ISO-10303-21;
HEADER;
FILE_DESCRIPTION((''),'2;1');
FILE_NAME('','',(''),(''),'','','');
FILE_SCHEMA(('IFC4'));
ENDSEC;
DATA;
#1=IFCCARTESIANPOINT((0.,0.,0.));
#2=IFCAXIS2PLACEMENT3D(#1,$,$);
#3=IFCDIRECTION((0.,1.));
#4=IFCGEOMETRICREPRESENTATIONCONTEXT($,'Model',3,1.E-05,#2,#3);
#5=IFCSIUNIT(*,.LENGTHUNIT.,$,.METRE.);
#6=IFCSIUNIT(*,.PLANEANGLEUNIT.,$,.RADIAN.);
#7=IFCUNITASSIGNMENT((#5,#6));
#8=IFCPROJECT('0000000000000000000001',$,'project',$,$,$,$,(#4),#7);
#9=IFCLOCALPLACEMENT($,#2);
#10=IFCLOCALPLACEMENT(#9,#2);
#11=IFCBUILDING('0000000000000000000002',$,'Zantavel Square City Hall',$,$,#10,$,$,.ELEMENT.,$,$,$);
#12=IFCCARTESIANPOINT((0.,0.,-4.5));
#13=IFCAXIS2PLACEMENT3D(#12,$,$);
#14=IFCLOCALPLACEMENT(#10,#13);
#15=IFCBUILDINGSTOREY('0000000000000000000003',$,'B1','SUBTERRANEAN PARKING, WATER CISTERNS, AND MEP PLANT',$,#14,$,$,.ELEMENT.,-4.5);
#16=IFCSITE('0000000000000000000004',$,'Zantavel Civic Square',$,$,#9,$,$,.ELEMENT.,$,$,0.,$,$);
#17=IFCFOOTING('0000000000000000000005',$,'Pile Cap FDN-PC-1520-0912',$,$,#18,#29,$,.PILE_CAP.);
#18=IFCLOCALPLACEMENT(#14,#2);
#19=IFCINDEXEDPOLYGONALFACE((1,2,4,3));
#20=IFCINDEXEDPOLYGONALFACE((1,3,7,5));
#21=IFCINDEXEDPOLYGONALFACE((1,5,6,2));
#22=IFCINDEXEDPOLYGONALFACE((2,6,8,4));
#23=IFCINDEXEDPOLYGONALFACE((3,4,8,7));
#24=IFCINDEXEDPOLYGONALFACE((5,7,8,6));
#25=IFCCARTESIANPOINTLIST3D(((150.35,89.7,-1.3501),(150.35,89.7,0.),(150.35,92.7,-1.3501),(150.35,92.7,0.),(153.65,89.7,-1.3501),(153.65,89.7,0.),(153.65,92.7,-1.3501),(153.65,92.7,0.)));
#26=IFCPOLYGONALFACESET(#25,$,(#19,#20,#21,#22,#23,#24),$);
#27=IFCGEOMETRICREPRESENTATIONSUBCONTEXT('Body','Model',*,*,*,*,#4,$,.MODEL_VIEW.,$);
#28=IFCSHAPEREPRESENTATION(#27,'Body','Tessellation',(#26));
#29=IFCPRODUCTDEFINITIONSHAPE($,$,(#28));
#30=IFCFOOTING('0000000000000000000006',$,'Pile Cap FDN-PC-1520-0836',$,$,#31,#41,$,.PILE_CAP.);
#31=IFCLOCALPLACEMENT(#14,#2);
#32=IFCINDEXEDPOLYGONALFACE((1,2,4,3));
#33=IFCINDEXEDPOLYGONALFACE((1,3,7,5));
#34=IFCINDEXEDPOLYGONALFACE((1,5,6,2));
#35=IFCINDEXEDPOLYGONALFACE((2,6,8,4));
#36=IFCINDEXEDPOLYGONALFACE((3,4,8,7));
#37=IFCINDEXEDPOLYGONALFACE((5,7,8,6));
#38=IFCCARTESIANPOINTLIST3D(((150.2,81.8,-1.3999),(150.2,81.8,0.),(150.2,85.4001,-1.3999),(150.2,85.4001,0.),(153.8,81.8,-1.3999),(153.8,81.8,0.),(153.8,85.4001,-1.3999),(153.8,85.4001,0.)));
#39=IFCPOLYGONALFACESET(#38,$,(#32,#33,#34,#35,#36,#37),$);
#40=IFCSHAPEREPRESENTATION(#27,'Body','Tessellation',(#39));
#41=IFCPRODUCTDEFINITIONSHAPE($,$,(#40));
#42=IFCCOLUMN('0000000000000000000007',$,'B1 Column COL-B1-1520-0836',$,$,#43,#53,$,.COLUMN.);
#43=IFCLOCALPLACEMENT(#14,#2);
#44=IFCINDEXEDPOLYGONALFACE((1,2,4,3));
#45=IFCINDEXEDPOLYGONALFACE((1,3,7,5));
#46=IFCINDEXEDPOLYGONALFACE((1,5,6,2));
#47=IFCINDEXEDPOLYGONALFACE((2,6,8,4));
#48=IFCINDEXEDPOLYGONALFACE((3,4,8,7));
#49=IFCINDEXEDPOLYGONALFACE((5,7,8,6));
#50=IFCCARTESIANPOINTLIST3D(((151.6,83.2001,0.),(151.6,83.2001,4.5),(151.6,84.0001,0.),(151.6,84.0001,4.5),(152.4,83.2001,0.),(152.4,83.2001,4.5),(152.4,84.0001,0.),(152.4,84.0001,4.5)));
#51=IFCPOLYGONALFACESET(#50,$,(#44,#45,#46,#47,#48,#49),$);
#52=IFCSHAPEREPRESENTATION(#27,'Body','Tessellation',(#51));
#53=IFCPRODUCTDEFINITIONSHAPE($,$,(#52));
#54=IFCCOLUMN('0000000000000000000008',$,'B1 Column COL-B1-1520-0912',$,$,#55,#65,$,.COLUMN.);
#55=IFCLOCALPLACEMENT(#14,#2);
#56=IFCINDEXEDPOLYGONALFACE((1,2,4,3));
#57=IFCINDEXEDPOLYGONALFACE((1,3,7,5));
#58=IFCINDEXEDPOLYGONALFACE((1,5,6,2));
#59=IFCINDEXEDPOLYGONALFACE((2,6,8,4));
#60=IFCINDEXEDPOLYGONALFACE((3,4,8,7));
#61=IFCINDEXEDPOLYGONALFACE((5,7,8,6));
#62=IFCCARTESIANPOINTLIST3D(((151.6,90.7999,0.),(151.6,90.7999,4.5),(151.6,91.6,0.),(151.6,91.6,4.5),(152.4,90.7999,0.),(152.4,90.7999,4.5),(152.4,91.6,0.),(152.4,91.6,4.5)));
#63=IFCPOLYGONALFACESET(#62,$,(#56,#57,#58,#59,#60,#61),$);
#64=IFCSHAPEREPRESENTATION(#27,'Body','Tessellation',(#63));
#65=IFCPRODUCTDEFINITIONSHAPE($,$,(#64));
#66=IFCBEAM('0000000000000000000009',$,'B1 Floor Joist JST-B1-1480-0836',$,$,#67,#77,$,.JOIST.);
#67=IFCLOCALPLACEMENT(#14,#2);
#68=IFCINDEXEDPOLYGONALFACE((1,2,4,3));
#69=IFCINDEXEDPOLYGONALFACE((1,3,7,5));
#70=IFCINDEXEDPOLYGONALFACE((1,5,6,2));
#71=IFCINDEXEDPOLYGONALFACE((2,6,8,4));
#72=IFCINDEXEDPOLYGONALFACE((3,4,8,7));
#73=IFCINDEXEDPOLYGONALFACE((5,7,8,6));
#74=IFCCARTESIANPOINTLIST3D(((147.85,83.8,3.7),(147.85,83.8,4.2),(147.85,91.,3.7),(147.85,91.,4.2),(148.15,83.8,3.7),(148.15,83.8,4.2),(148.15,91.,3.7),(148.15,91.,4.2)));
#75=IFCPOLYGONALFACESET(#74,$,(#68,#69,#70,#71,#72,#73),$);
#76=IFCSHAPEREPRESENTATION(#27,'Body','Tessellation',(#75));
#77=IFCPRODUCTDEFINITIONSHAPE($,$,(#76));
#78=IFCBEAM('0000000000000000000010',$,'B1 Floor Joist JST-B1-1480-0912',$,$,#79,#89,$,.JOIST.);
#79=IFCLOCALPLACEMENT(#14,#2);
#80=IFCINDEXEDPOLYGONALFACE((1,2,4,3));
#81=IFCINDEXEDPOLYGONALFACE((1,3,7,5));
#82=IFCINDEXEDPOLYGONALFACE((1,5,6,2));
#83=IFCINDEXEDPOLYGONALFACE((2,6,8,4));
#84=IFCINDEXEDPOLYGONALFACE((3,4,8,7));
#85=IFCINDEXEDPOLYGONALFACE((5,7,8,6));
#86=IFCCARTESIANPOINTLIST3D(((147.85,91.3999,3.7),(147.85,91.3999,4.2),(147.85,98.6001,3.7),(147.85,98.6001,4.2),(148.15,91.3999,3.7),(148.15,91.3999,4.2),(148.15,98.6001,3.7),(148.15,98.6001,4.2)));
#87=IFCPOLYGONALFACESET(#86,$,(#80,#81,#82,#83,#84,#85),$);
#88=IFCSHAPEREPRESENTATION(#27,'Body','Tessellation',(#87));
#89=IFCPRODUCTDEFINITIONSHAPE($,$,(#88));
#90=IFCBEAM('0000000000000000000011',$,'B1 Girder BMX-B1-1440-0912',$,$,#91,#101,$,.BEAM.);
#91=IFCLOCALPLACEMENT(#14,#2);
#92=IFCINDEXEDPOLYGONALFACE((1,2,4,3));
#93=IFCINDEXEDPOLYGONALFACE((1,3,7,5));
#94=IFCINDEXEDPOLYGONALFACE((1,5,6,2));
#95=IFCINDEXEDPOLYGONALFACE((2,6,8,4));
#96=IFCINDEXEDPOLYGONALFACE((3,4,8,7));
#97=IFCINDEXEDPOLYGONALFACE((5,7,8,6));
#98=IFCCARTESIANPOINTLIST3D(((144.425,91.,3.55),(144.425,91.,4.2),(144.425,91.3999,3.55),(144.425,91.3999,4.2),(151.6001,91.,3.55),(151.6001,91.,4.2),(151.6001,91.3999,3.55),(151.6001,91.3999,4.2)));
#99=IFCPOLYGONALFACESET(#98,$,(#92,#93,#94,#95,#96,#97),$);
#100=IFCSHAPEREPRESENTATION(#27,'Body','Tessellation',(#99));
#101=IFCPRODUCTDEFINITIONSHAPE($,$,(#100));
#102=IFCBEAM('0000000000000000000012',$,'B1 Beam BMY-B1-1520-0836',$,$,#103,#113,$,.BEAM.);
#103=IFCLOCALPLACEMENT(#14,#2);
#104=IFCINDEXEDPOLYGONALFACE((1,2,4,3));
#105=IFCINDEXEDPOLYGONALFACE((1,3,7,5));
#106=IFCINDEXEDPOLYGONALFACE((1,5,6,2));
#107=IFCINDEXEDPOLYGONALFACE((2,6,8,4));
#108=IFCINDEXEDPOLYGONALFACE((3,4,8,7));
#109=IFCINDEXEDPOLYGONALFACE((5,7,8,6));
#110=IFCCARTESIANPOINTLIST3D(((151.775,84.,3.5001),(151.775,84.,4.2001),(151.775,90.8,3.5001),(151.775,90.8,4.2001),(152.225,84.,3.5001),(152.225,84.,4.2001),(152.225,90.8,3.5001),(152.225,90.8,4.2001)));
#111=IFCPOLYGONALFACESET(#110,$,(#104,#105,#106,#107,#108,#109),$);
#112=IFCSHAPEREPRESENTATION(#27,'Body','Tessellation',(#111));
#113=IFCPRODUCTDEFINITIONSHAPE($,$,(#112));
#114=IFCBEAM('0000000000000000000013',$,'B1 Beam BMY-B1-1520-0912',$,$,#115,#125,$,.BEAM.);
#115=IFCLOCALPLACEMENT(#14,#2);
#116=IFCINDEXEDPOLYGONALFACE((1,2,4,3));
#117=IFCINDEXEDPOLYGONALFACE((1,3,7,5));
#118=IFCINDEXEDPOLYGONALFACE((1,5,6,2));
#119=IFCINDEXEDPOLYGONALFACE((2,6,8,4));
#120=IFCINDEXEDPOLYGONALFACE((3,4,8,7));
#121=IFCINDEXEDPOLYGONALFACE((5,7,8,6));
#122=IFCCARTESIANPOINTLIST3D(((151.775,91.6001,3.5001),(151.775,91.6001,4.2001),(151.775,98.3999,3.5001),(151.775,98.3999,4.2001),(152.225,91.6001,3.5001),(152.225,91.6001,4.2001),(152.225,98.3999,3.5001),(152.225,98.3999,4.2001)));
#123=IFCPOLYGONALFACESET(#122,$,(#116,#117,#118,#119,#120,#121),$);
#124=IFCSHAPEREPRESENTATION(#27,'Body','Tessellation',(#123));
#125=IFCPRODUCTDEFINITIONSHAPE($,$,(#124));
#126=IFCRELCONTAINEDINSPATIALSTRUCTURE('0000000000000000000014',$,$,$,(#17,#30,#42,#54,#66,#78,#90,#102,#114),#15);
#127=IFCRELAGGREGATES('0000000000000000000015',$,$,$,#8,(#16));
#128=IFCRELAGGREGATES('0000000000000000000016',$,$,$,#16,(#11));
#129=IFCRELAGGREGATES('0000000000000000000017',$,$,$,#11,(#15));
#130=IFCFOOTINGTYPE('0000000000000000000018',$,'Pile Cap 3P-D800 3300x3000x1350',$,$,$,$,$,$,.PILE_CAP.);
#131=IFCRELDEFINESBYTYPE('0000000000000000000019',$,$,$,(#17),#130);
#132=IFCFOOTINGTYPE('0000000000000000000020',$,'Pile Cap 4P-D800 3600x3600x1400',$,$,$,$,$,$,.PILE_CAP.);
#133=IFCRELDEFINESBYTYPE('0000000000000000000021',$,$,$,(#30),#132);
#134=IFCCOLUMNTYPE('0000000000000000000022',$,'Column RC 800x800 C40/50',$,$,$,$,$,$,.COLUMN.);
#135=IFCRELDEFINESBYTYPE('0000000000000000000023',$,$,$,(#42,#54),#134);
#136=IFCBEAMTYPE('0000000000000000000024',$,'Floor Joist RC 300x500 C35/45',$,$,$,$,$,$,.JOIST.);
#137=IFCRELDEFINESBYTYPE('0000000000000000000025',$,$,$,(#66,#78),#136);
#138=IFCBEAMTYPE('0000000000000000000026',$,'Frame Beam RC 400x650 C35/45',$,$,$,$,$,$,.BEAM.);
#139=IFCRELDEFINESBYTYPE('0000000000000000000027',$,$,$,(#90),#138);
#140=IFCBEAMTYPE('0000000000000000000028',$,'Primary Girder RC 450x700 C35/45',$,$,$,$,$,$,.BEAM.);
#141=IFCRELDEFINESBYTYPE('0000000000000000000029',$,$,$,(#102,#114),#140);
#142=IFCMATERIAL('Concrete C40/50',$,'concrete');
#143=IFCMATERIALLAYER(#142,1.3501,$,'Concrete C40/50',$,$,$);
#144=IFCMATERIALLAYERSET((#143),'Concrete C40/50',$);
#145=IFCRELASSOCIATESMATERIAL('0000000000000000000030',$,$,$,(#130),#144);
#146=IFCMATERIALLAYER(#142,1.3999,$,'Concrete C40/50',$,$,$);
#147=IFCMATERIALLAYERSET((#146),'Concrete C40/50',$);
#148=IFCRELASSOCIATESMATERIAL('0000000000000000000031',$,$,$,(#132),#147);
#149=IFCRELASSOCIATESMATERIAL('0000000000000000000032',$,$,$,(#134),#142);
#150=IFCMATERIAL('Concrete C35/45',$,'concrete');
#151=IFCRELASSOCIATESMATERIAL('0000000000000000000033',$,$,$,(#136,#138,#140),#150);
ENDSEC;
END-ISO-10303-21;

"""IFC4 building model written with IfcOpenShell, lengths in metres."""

from ifc_helpers import new_model, si_unit, direction, frame, origin, origin_2d, place, context, subcontext, project, spatial, rectangle, extrude, material, layer, layer_set, material_profile, profile_set, type_object, element, save


model = new_model("IFC4")

# Units and contexts
model_context = context("Model", 3, precision=1e-05, world=origin(), true_north=direction((0.0, 1.0)))
body_context = subcontext(model_context, "Body", "Model", "MODEL_VIEW")
ifc_project = project(units=[si_unit("LENGTHUNIT", "METRE"), si_unit("PLANEANGLEUNIT", "RADIAN")], contexts=[model_context])

# Site, building, storey
site_placement = place(None, origin())
site = spatial("IfcSite", under=ifc_project, at=site_placement, Name="Zantavel Civic Square", CompositionType="ELEMENT", RefElevation=0.0)
building_placement = place(site_placement, origin())
building = spatial("IfcBuilding", under=site, at=building_placement, Name="Zantavel Square City Hall", CompositionType="ELEMENT")
storey_placement = place(building_placement, frame((0.0, 0.0, -4.5)))
storey = spatial("IfcBuildingStorey", under=building, at=storey_placement, Name="B1", Description="SUBTERRANEAN PARKING, WATER CISTERNS, AND MEP PLANT", CompositionType="ELEMENT", Elevation=-4.5)

# Shared definitions
ifc_material_1 = material(Name="Concrete C35/45", Category="concrete")

# Footings
ifc_material_2 = material(Name="Concrete C40/50", Category="concrete")
ifc_layer_1 = layer(ifc_material_2, 1.3501, Name="Concrete C40/50")
ifc_layer_set_1 = layer_set([ifc_layer_1], Name="Concrete C40/50")
footing_type_1 = type_object("IfcFootingType", Name="Pile Cap 3P-D800 3300x3000x1350", PredefinedType="PILE_CAP", material=ifc_layer_set_1)
footing_1_placement = place(storey_placement, frame((152.0, 91.2, -1.3501), z_axis=(0.0, 0.0, 1.0), x_axis=(1.0, 0.0, 0.0)))
element("IfcFooting", 1, at=footing_1_placement, inside=storey, type_object=footing_type_1, Name="Pile Cap FDN-PC-1520-0912", PredefinedType="PILE_CAP", context=body_context, shape_type="SweptSolid", body=[
    extrude(rectangle(XDim=3.3, YDim=3.0, at=origin_2d()), origin(), (0.0, 0.0, 1.0), 1.3501),
])
ifc_layer_2 = layer(ifc_material_2, 1.3999, Name="Concrete C40/50")
ifc_layer_set_2 = layer_set([ifc_layer_2], Name="Concrete C40/50")
footing_type_2 = type_object("IfcFootingType", Name="Pile Cap 4P-D800 3600x3600x1400", PredefinedType="PILE_CAP", material=ifc_layer_set_2)
footing_2_placement = place(storey_placement, frame((152.0, 83.6001, -1.3999), z_axis=(0.0, 0.0, 1.0), x_axis=(1.0, 0.0, 0.0)))
element("IfcFooting", 2, at=footing_2_placement, inside=storey, type_object=footing_type_2, Name="Pile Cap FDN-PC-1520-0836", PredefinedType="PILE_CAP", context=body_context, shape_type="SweptSolid", body=[
    extrude(rectangle(XDim=3.6001, YDim=3.6001, at=origin_2d()), origin(), (0.0, 0.0, 1.0), 1.3999),
])

# Columns
ifc_material_profile_1 = material_profile(ifc_material_2, rectangle(XDim=0.8, YDim=0.8, at=origin_2d()), Name="RC 800x800")
ifc_profile_set_1 = profile_set([ifc_material_profile_1], Name="Concrete C40/50")
column_type = type_object("IfcColumnType", Name="Column RC 800x800 C40/50", PredefinedType="COLUMN", material=ifc_profile_set_1)
for number, where, z_axis, x_axis, name in (
    (3, (152.0, 83.6001, 0.0), (0.0, 0.0, 1.0), (1.0, 0.0, 0.0), "B1 Column COL-B1-1520-0836"),
    (4, (152.0, 91.2, 0.0), (0.0, 0.0, 1.0), (1.0, 0.0, 0.0), "B1 Column COL-B1-1520-0912"),
):
    element("IfcColumn", number, at=place(storey_placement, frame(where, z_axis=z_axis, x_axis=x_axis)), inside=storey, type_object=column_type, Name=name, PredefinedType="COLUMN", context=body_context, shape_type="SweptSolid", body=[
        extrude(rectangle(XDim=0.8, YDim=0.8, at=origin_2d()), origin(), (0.0, 0.0, 1.0), 4.5),
    ])

# Beams
ifc_material_profile_2 = material_profile(ifc_material_1, rectangle(XDim=0.3, YDim=0.5, at=origin_2d()), Name="RC 300x500")
ifc_profile_set_2 = profile_set([ifc_material_profile_2], Name="Concrete C35/45")
beam_type_1 = type_object("IfcBeamType", Name="Floor Joist RC 300x500 C35/45", PredefinedType="JOIST", material=ifc_profile_set_2)
beam_1_placement = place(storey_placement, frame((148.0, 83.8, 3.95), z_axis=(0.0, 1.0, 0.0), x_axis=(-1.0, 0.0, 0.0)))
element("IfcBeam", 5, at=beam_1_placement, inside=storey, type_object=beam_type_1, Name="B1 Floor Joist JST-B1-1480-0836", PredefinedType="JOIST", context=body_context, shape_type="SweptSolid", body=[
    extrude(rectangle(XDim=0.3, YDim=0.5, at=origin_2d()), origin(), (0.0, 0.0, 1.0), 7.2),
])
beam_2_placement = place(storey_placement, frame((148.0, 91.3999, 3.95), z_axis=(0.0, 1.0, 0.0), x_axis=(-1.0, 0.0, 0.0)))
element("IfcBeam", 6, at=beam_2_placement, inside=storey, type_object=beam_type_1, Name="B1 Floor Joist JST-B1-1480-0912", PredefinedType="JOIST", context=body_context, shape_type="SweptSolid", body=[
    extrude(rectangle(XDim=0.3, YDim=0.5, at=origin_2d()), origin(), (0.0, 0.0, 1.0), 7.2002),
])
ifc_material_profile_3 = material_profile(ifc_material_1, rectangle(XDim=0.3999, YDim=0.6499, at=origin_2d()), Name="RC 400x650")
ifc_profile_set_3 = profile_set([ifc_material_profile_3], Name="Concrete C35/45")
beam_type_2 = type_object("IfcBeamType", Name="Frame Beam RC 400x650 C35/45", PredefinedType="BEAM", material=ifc_profile_set_3)
beam_3_placement = place(storey_placement, frame((144.425, 91.2, 3.875), z_axis=(1.0, 0.0, 0.0), x_axis=(0.0, 1.0, 0.0)))
element("IfcBeam", 7, at=beam_3_placement, inside=storey, type_object=beam_type_2, Name="B1 Girder BMX-B1-1440-0912", PredefinedType="BEAM", context=body_context, shape_type="SweptSolid", body=[
    extrude(rectangle(XDim=0.3999, YDim=0.6499, at=origin_2d()), origin(), (0.0, 0.0, 1.0), 7.175),
])
ifc_material_profile_4 = material_profile(ifc_material_1, rectangle(XDim=0.45, YDim=0.7, at=origin_2d()), Name="RC 450x700")
ifc_profile_set_4 = profile_set([ifc_material_profile_4], Name="Concrete C35/45")
beam_type_3 = type_object("IfcBeamType", Name="Primary Girder RC 450x700 C35/45", PredefinedType="BEAM", material=ifc_profile_set_4)
beam_4_placement = place(storey_placement, frame((152.0, 84.0, 3.8501), z_axis=(0.0, 1.0, 0.0), x_axis=(-1.0, 0.0, 0.0)))
element("IfcBeam", 8, at=beam_4_placement, inside=storey, type_object=beam_type_3, Name="B1 Beam BMY-B1-1520-0836", PredefinedType="BEAM", context=body_context, shape_type="SweptSolid", body=[
    extrude(rectangle(XDim=0.45, YDim=0.7, at=origin_2d()), origin(), (0.0, 0.0, 1.0), 6.8),
])
beam_5_placement = place(storey_placement, frame((152.0, 91.6001, 3.8501), z_axis=(0.0, 1.0, 0.0), x_axis=(-1.0, 0.0, 0.0)))
element("IfcBeam", 9, at=beam_5_placement, inside=storey, type_object=beam_type_3, Name="B1 Beam BMY-B1-1520-0912", PredefinedType="BEAM", context=body_context, shape_type="SweptSolid", body=[
    extrude(rectangle(XDim=0.45, YDim=0.7, at=origin_2d()), origin(), (0.0, 0.0, 1.0), 6.7998),
])

save(model, "model.ifc")
